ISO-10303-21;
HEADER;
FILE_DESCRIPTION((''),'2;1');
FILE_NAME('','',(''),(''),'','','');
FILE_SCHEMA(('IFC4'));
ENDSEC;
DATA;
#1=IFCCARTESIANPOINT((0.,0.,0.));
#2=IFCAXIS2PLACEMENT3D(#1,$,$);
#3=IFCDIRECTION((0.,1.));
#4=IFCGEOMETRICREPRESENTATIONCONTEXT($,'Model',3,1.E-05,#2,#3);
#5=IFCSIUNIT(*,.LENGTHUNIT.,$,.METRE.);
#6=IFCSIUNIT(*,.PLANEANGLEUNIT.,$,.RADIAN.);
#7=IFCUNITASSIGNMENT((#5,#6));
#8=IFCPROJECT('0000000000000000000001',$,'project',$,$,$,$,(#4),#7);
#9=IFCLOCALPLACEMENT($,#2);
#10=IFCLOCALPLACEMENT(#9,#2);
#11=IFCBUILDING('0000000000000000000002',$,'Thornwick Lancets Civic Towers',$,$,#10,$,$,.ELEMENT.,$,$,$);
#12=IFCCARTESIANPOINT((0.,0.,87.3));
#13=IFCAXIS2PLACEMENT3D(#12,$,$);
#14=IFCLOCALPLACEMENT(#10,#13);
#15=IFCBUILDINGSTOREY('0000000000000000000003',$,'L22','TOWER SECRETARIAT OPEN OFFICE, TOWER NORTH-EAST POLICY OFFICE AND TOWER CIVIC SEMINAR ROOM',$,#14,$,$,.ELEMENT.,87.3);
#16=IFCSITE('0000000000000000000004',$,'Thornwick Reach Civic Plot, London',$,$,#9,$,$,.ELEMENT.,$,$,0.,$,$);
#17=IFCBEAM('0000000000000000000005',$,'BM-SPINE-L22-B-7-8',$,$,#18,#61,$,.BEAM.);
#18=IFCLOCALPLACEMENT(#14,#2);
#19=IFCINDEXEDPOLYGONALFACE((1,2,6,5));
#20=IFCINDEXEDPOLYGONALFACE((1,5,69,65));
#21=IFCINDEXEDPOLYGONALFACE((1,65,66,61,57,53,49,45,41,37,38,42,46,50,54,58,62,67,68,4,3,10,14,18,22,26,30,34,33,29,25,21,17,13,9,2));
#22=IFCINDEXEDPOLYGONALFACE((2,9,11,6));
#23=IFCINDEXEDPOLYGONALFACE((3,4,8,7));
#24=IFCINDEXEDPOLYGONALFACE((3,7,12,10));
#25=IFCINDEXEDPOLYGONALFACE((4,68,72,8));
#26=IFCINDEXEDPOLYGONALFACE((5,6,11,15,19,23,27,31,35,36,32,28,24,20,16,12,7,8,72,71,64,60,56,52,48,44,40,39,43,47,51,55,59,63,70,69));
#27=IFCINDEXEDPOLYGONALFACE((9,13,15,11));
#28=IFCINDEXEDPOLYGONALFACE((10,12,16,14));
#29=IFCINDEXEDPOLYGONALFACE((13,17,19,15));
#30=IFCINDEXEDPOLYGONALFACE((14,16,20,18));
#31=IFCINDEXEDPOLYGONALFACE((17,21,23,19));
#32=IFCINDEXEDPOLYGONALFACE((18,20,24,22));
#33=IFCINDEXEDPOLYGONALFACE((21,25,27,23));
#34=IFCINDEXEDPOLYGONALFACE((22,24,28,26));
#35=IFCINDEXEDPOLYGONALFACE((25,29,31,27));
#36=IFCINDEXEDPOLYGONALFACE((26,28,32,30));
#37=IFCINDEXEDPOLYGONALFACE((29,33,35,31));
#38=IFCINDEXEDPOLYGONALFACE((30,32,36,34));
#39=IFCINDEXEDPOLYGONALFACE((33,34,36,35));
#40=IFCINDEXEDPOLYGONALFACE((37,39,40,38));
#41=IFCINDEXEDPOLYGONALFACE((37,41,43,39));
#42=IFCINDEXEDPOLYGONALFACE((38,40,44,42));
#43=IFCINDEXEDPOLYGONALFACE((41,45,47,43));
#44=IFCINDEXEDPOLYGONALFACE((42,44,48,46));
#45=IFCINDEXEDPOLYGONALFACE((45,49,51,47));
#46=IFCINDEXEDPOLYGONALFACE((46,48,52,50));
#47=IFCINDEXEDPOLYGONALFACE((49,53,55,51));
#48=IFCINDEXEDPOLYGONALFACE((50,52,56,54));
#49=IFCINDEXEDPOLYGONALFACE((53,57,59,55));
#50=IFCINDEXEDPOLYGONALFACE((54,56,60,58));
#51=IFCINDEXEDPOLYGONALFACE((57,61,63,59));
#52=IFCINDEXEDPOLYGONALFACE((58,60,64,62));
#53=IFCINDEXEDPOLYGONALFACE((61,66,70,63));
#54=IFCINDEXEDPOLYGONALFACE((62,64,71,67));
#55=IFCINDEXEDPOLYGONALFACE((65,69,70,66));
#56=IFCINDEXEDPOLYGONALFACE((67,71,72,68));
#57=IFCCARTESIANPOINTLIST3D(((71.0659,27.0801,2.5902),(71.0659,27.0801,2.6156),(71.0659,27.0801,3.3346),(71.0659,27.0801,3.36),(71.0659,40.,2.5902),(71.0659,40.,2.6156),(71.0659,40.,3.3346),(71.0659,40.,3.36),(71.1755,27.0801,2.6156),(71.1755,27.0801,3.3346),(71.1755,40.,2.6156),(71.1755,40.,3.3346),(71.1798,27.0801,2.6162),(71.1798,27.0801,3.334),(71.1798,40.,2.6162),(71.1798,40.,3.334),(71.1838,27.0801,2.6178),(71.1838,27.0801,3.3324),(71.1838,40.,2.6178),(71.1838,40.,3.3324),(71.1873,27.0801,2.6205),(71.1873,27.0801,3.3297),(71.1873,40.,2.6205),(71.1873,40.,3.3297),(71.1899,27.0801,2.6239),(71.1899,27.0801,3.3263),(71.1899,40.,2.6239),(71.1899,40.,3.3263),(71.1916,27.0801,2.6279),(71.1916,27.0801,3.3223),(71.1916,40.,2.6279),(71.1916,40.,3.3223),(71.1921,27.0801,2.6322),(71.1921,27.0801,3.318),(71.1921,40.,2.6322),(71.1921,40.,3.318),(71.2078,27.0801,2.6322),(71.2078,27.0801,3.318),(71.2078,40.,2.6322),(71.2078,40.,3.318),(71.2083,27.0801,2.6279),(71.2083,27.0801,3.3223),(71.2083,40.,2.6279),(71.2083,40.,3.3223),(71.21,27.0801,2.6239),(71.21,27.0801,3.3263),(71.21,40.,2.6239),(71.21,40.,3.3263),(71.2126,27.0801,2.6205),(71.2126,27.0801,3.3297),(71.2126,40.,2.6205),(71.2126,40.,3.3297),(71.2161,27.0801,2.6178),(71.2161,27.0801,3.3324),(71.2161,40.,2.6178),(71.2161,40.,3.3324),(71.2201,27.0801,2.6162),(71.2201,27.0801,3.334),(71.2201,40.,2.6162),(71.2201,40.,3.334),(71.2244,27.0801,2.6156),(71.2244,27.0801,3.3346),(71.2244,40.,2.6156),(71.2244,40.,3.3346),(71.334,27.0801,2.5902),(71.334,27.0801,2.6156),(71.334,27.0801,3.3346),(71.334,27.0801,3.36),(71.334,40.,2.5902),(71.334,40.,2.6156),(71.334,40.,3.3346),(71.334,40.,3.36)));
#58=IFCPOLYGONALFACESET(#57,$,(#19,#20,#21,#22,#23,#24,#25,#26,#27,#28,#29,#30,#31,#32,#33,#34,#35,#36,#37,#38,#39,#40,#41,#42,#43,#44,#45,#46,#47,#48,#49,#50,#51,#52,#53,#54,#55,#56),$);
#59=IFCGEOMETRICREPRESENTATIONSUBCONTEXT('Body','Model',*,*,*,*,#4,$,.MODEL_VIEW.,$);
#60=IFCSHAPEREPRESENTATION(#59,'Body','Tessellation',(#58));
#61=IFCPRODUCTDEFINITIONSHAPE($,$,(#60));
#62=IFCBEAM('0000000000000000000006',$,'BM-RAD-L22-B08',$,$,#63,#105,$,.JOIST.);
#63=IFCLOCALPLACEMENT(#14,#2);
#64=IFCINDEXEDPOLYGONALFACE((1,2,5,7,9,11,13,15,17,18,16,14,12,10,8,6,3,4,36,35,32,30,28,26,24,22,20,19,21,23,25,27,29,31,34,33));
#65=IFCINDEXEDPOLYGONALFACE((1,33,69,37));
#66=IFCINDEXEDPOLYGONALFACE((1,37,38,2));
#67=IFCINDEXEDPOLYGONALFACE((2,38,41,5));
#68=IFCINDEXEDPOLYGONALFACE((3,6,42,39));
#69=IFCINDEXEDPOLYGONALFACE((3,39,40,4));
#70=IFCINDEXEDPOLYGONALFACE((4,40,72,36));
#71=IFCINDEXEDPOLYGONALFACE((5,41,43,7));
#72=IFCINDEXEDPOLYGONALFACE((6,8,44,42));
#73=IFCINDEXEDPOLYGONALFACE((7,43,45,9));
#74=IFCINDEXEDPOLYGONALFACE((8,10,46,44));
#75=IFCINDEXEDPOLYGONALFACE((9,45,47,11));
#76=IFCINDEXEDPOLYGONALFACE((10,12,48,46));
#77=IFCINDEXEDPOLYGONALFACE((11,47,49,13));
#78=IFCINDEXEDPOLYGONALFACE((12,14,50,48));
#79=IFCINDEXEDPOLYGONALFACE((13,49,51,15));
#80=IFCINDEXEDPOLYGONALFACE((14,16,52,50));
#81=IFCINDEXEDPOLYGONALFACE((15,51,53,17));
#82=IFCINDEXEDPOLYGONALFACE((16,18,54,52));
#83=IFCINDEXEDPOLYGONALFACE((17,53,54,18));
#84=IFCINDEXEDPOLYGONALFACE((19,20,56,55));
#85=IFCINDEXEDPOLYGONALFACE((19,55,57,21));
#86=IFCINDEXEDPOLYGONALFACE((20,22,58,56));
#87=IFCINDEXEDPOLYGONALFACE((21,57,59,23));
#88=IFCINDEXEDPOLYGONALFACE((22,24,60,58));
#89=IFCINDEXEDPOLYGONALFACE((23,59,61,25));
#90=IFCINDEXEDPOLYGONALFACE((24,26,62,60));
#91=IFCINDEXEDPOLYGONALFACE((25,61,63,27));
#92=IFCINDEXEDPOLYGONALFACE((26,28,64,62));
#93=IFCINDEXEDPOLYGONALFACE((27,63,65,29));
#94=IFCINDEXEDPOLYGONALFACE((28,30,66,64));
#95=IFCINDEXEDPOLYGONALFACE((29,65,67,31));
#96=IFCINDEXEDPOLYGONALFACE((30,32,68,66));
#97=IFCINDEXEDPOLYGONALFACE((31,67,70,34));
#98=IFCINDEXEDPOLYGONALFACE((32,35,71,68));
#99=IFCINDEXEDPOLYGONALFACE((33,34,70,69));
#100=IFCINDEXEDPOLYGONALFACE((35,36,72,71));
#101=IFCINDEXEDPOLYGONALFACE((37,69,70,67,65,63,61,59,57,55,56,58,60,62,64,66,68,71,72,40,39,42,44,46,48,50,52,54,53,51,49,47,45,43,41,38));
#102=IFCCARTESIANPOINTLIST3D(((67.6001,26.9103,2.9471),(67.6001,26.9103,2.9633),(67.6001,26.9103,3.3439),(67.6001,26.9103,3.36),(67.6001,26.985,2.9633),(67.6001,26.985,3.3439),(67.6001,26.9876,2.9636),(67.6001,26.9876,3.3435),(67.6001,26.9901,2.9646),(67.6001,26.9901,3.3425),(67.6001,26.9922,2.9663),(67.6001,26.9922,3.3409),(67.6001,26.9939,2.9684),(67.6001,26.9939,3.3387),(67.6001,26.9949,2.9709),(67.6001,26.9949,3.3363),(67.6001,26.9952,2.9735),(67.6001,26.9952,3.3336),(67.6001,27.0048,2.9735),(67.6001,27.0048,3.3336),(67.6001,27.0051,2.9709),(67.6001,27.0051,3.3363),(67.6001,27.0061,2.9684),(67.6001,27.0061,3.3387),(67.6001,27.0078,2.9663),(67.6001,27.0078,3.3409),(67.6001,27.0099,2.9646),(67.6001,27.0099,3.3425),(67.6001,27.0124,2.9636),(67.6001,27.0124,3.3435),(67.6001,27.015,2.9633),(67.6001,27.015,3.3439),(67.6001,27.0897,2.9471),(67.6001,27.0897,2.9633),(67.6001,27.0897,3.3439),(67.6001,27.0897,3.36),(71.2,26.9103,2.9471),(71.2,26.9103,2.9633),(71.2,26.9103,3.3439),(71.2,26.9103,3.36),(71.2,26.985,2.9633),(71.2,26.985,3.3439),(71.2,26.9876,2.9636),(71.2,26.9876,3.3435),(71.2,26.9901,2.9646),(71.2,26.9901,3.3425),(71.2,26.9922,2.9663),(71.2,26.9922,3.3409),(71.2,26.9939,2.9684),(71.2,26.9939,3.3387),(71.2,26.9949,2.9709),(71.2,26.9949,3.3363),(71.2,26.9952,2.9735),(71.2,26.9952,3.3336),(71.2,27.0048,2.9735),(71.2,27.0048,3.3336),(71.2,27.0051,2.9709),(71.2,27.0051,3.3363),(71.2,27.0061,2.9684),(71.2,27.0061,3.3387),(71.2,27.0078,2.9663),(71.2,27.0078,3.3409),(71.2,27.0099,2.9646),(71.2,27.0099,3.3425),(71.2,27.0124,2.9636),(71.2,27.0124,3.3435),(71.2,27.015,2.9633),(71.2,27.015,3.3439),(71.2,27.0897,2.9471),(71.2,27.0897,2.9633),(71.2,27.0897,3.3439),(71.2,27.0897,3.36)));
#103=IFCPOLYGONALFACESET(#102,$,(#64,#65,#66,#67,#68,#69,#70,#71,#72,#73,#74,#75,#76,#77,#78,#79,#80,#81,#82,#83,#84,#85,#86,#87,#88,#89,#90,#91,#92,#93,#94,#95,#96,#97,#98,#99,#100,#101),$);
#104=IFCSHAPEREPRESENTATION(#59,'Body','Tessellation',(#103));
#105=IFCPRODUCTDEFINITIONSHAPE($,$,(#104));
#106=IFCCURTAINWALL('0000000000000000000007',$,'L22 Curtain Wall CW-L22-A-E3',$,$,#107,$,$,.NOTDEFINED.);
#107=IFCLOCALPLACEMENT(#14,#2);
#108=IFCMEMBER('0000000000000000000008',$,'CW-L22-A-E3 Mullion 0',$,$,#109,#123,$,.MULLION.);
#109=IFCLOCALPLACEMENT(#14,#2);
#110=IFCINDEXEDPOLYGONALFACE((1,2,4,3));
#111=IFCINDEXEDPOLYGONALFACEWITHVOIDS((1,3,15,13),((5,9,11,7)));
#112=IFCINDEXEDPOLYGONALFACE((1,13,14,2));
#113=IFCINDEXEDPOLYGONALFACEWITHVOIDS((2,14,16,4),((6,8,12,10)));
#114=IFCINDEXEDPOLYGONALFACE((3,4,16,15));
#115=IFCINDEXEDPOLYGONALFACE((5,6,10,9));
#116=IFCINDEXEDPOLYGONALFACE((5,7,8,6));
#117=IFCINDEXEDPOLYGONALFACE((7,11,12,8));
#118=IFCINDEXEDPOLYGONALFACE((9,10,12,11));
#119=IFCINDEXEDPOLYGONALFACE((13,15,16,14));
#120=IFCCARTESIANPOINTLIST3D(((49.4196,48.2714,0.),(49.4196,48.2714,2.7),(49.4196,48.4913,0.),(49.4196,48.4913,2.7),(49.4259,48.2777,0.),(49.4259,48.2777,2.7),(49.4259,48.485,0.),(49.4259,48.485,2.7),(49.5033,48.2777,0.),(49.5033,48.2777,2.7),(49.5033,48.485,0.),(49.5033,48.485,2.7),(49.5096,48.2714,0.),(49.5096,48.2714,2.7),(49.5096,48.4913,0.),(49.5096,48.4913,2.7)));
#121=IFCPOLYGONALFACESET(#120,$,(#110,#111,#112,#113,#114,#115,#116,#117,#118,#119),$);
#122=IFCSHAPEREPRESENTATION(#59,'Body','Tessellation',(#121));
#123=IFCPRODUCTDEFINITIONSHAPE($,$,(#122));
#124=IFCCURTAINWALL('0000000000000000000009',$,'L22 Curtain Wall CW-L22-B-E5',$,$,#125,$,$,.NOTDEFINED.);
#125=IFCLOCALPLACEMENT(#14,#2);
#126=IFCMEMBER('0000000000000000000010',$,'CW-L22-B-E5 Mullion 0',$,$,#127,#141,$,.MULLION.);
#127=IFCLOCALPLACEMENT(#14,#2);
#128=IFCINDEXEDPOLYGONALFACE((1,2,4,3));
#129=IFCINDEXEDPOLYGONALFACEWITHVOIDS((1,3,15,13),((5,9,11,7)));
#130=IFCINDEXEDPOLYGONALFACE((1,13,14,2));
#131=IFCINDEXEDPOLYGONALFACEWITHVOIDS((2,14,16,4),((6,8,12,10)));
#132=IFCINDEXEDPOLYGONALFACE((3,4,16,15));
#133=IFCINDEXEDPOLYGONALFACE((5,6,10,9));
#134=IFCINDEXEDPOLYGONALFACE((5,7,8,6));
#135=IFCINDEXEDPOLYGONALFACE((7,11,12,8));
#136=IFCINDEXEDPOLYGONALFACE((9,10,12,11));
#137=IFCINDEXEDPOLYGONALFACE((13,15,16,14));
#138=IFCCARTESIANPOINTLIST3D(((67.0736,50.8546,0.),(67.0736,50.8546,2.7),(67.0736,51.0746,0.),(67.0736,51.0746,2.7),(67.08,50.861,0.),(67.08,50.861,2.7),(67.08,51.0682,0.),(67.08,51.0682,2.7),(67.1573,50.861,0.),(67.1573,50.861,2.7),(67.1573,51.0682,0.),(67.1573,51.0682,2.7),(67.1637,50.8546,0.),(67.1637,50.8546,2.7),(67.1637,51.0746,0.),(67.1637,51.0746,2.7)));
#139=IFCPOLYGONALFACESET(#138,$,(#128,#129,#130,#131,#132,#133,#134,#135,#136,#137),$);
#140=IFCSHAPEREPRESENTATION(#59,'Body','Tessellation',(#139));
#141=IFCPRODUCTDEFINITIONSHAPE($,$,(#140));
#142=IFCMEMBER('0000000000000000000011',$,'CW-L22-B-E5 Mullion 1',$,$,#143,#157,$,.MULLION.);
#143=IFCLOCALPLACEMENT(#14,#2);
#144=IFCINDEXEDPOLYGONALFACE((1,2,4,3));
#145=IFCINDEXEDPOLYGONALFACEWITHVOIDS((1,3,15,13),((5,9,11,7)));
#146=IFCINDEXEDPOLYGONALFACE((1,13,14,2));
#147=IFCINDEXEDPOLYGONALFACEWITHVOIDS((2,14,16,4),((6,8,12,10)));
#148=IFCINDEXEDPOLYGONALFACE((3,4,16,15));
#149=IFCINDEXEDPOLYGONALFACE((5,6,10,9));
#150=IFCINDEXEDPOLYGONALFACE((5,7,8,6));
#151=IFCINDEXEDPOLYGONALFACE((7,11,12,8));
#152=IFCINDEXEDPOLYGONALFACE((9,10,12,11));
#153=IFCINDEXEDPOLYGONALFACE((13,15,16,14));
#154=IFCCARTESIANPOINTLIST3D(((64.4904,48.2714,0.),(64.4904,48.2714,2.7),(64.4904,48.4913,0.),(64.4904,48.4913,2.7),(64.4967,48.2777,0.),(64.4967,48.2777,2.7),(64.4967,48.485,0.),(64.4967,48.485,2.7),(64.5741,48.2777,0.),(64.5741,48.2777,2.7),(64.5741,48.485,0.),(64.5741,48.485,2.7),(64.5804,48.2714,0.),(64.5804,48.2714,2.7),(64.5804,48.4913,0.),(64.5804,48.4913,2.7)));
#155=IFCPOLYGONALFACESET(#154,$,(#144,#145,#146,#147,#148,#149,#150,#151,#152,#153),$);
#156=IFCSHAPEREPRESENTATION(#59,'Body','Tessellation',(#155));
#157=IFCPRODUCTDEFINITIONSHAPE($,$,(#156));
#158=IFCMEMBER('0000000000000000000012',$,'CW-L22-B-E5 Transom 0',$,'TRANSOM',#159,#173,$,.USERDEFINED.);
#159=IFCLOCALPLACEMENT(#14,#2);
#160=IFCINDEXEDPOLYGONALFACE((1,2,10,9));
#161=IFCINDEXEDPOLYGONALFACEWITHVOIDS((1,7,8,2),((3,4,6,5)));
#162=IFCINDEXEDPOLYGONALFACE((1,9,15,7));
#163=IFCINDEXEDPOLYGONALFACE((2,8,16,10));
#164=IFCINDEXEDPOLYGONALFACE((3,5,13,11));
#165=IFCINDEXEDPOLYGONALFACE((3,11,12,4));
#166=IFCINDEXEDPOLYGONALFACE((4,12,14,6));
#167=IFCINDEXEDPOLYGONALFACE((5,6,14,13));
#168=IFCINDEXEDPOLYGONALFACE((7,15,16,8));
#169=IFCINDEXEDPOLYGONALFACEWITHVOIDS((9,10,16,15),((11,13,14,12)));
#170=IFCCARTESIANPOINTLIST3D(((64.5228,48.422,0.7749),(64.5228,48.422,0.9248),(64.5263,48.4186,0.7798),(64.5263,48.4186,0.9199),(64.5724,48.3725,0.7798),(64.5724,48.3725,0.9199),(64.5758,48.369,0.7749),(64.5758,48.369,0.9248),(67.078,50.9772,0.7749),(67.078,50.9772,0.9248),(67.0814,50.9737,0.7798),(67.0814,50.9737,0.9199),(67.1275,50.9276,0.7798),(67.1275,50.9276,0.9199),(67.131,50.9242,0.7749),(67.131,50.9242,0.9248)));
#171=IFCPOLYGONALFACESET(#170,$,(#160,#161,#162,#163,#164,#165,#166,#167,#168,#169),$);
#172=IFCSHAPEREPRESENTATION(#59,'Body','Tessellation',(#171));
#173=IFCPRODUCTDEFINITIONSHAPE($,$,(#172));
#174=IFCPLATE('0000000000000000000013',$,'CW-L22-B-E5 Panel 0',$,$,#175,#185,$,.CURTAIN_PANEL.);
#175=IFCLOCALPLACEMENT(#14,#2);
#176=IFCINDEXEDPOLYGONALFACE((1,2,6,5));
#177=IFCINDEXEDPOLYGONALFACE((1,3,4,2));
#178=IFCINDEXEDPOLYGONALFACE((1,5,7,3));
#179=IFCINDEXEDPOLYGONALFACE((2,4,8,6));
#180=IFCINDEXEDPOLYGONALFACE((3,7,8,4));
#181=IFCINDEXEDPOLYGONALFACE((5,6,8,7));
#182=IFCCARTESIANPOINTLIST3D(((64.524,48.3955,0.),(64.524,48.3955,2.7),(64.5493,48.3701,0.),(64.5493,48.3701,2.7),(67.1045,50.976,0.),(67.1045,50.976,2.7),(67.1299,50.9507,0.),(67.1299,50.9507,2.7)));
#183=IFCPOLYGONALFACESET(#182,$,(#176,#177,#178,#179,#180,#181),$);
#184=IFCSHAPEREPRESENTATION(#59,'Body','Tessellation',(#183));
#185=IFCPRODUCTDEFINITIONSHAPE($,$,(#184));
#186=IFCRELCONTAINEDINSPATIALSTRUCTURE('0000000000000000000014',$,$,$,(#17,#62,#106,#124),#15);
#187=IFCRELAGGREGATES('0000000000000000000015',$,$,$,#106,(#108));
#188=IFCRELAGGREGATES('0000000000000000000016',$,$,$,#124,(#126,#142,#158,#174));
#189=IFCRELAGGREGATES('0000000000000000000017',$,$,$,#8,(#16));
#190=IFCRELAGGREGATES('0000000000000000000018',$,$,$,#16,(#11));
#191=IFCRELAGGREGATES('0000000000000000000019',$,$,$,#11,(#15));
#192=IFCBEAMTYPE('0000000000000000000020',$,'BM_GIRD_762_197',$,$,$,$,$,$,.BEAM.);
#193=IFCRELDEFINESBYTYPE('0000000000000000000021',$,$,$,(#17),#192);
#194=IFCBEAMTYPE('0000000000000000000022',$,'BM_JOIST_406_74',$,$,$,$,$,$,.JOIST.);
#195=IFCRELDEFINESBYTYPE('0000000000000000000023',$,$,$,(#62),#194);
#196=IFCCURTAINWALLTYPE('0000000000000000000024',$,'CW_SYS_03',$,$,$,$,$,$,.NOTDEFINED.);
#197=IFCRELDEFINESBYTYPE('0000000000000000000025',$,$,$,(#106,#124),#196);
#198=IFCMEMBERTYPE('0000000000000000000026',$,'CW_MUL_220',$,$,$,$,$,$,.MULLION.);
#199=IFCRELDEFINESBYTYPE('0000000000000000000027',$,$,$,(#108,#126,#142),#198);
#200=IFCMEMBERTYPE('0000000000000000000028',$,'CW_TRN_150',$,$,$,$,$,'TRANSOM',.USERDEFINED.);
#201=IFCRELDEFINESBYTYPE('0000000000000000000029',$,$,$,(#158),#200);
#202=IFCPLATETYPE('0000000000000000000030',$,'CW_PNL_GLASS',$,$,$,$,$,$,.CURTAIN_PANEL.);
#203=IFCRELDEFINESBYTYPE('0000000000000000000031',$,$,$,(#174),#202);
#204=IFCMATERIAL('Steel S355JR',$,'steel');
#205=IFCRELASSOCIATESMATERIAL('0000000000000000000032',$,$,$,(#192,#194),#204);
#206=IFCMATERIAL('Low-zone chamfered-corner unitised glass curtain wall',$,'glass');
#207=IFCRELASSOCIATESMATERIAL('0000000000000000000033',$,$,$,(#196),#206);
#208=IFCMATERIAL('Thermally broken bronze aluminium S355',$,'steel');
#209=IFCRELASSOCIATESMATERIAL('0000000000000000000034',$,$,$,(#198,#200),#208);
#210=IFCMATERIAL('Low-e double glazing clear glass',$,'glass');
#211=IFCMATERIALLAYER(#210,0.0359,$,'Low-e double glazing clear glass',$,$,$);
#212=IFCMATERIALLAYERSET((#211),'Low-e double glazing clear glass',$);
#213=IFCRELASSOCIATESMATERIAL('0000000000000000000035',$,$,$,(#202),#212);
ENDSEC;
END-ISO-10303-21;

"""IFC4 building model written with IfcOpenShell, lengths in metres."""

from ifc_helpers import new_model, si_unit, direction, frame, origin, origin_2d, place, context, subcontext, project, spatial, rectangle, hollow_rectangle, i_section, extrude, material, layer, layer_set, material_profile, profile_set, type_object, element, aggregate, save


model = new_model("IFC4")

# Units and contexts
model_context = context("Model", 3, precision=1e-05, world=origin(), true_north=direction((0.0, 1.0)))
body_context = subcontext(model_context, "Body", "Model", "MODEL_VIEW")
ifc_project = project(units=[si_unit("LENGTHUNIT", "METRE"), si_unit("PLANEANGLEUNIT", "RADIAN")], contexts=[model_context])

# Site, building, storey
site_placement = place(None, origin())
site = spatial("IfcSite", under=ifc_project, at=site_placement, Name="Thornwick Reach Civic Plot, London", CompositionType="ELEMENT", RefElevation=0.0)
building_placement = place(site_placement, origin())
building = spatial("IfcBuilding", under=site, at=building_placement, Name="Thornwick Lancets Civic Towers", CompositionType="ELEMENT")
storey_placement = place(building_placement, frame((0.0, 0.0, 87.3)))
storey = spatial("IfcBuildingStorey", under=building, at=storey_placement, Name="L22", Description="TOWER SECRETARIAT OPEN OFFICE, TOWER NORTH-EAST POLICY OFFICE AND TOWER CIVIC SEMINAR ROOM", CompositionType="ELEMENT", Elevation=87.3)

# Beams
ifc_material_1 = material(Name="Steel S355JR", Category="steel")
ifc_material_profile_1 = material_profile(ifc_material_1, i_section(OverallWidth=0.2681, OverallDepth=0.7698, WebThickness=0.0156, FlangeThickness=0.0254, FilletRadius=0.0166, at=origin_2d()), Name="UKB 762x267x197")
ifc_profile_set_1 = profile_set([ifc_material_profile_1], Name="Steel S355JR")
beam_type_1 = type_object("IfcBeamType", Name="BM_GIRD_762_197", PredefinedType="BEAM", material=ifc_profile_set_1)
beam_1_placement = place(storey_placement, frame((71.2, 27.0801, 2.9751), z_axis=(0.0, 1.0, 0.0), x_axis=(-1.0, 0.0, 0.0)))
element("IfcBeam", 1, at=beam_1_placement, inside=storey, type_object=beam_type_1, Name="BM-SPINE-L22-B-7-8", PredefinedType="BEAM", context=body_context, shape_type="SweptSolid", body=[
    extrude(i_section(OverallWidth=0.2681, OverallDepth=0.7698, WebThickness=0.0156, FlangeThickness=0.0254, FilletRadius=0.0166, at=origin_2d()), origin(), (0.0, 0.0, 1.0), 12.9199),
])
ifc_material_profile_2 = material_profile(ifc_material_1, i_section(OverallWidth=0.1794, OverallDepth=0.4128, WebThickness=0.0095, FlangeThickness=0.0161, FilletRadius=0.0103, at=origin_2d()), Name="UKB 406x178x74")
ifc_profile_set_2 = profile_set([ifc_material_profile_2], Name="Steel S355JR")
beam_type_2 = type_object("IfcBeamType", Name="BM_JOIST_406_74", PredefinedType="JOIST", material=ifc_profile_set_2)
beam_2_placement = place(storey_placement, frame((71.2, 27.0, 3.1536), z_axis=(-1.0, 0.0, 0.0), x_axis=(0.0, -1.0, 0.0)))
element("IfcBeam", 2, at=beam_2_placement, inside=storey, type_object=beam_type_2, Name="BM-RAD-L22-B08", PredefinedType="JOIST", context=body_context, shape_type="SweptSolid", body=[
    extrude(i_section(OverallWidth=0.1794, OverallDepth=0.4128, WebThickness=0.0095, FlangeThickness=0.0161, FilletRadius=0.0103, at=origin_2d()), origin(), (0.0, 0.0, 1.0), 3.5999),
])

# Curtain wall, member
ifc_material_2 = material(Name="Low-zone chamfered-corner unitised glass curtain wall", Category="glass")
curtain_wall_type = type_object("IfcCurtainWallType", Name="CW_SYS_03", PredefinedType="NOTDEFINED", material=ifc_material_2)
curtain_wall_1_placement = place(storey_placement, origin())
curtain_wall_1 = element("IfcCurtainWall", 3, at=curtain_wall_1_placement, inside=storey, type_object=curtain_wall_type, Name="L22 Curtain Wall CW-L22-A-E3", PredefinedType="NOTDEFINED")
ifc_material_3 = material(Name="Thermally broken bronze aluminium S355", Category="steel")
ifc_material_profile_3 = material_profile(ifc_material_3, hollow_rectangle(XDim=0.0901, YDim=0.22, WallThickness=0.0063, at=origin_2d()), Name="RHS 220x90x6.3")
ifc_profile_set_3 = profile_set([ifc_material_profile_3], Name="Thermally broken bronze aluminium S355")
member_type_1 = type_object("IfcMemberType", Name="CW_MUL_220", PredefinedType="MULLION", material=ifc_profile_set_3)
member_1_placement = place(storey_placement, frame((49.4646, 48.3813, 0.0), z_axis=(0.0, 0.0, 1.0), x_axis=(1.0, 0.0, 0.0)))
member_1 = element("IfcMember", 4, at=member_1_placement, type_object=member_type_1, Name="CW-L22-A-E3 Mullion 0", PredefinedType="MULLION", context=body_context, shape_type="SweptSolid", body=[
    extrude(hollow_rectangle(XDim=0.0901, YDim=0.22, WallThickness=0.0063, at=origin_2d()), origin(), (0.0, 0.0, 1.0), 2.7),
])
aggregate(curtain_wall_1, [member_1])

# Curtain wall, members, plate
curtain_wall_2_placement = place(storey_placement, origin())
curtain_wall_2 = element("IfcCurtainWall", 5, at=curtain_wall_2_placement, inside=storey, type_object=curtain_wall_type, Name="L22 Curtain Wall CW-L22-B-E5", PredefinedType="NOTDEFINED")
member_2_placement = place(storey_placement, frame((67.1187, 50.9646, 0.0), z_axis=(0.0, 0.0, 1.0), x_axis=(1.0, 0.0, 0.0)))
member_2 = element("IfcMember", 6, at=member_2_placement, type_object=member_type_1, Name="CW-L22-B-E5 Mullion 0", PredefinedType="MULLION", context=body_context, shape_type="SweptSolid", body=[
    extrude(hollow_rectangle(XDim=0.0901, YDim=0.22, WallThickness=0.0063, at=origin_2d()), origin(), (0.0, 0.0, 1.0), 2.7),
])
member_3_placement = place(storey_placement, frame((64.5354, 48.3813, 0.0), z_axis=(0.0, 0.0, 1.0), x_axis=(1.0, 0.0, 0.0)))
member_3 = element("IfcMember", 7, at=member_3_placement, type_object=member_type_1, Name="CW-L22-B-E5 Mullion 1", PredefinedType="MULLION", context=body_context, shape_type="SweptSolid", body=[
    extrude(hollow_rectangle(XDim=0.0901, YDim=0.22, WallThickness=0.0063, at=origin_2d()), origin(), (0.0, 0.0, 1.0), 2.7),
])
ifc_material_profile_4 = material_profile(ifc_material_3, hollow_rectangle(XDim=0.075, YDim=0.1499, WallThickness=0.0049, at=origin_2d()), Name="RHS 150x75x5")
ifc_profile_set_4 = profile_set([ifc_material_profile_4], Name="Thermally broken bronze aluminium S355")
member_type_2 = type_object("IfcMemberType", Name="CW_TRN_150", ElementType="TRANSOM", PredefinedType="USERDEFINED", material=ifc_profile_set_4)
member_4_placement = place(storey_placement, frame((67.1045, 50.9507, 0.8499), z_axis=(-0.707107, -0.707107, 0.0), x_axis=(0.707107, -0.707107, 0.0)))
member_4 = element("IfcMember", 8, at=member_4_placement, type_object=member_type_2, Name="CW-L22-B-E5 Transom 0", ObjectType="TRANSOM", PredefinedType="USERDEFINED", context=body_context, shape_type="SweptSolid", body=[
    extrude(hollow_rectangle(XDim=0.075, YDim=0.1499, WallThickness=0.0049, at=origin_2d()), origin(), (0.0, 0.0, 1.0), 3.6135),
])
ifc_material_4 = material(Name="Low-e double glazing clear glass", Category="glass")
ifc_layer_1 = layer(ifc_material_4, 0.0359, Name="Low-e double glazing clear glass")
ifc_layer_set_1 = layer_set([ifc_layer_1], Name="Low-e double glazing clear glass")
plate_type = type_object("IfcPlateType", Name="CW_PNL_GLASS", PredefinedType="CURTAIN_PANEL", material=ifc_layer_set_1)
plate_placement = place(storey_placement, frame((65.8269, 49.6731, 0.0), z_axis=(0.0, 0.0, 1.0), x_axis=(-0.707107, -0.707107, 0.0)))
plate = element("IfcPlate", 9, at=plate_placement, type_object=plate_type, Name="CW-L22-B-E5 Panel 0", PredefinedType="CURTAIN_PANEL", context=body_context, shape_type="SweptSolid", body=[
    extrude(rectangle(XDim=3.6494, YDim=0.0359, at=origin_2d()), origin(), (0.0, 0.0, 1.0), 2.7),
])
aggregate(curtain_wall_2, [member_2, member_3, member_4, plate])

save(model, "model.ifc")
